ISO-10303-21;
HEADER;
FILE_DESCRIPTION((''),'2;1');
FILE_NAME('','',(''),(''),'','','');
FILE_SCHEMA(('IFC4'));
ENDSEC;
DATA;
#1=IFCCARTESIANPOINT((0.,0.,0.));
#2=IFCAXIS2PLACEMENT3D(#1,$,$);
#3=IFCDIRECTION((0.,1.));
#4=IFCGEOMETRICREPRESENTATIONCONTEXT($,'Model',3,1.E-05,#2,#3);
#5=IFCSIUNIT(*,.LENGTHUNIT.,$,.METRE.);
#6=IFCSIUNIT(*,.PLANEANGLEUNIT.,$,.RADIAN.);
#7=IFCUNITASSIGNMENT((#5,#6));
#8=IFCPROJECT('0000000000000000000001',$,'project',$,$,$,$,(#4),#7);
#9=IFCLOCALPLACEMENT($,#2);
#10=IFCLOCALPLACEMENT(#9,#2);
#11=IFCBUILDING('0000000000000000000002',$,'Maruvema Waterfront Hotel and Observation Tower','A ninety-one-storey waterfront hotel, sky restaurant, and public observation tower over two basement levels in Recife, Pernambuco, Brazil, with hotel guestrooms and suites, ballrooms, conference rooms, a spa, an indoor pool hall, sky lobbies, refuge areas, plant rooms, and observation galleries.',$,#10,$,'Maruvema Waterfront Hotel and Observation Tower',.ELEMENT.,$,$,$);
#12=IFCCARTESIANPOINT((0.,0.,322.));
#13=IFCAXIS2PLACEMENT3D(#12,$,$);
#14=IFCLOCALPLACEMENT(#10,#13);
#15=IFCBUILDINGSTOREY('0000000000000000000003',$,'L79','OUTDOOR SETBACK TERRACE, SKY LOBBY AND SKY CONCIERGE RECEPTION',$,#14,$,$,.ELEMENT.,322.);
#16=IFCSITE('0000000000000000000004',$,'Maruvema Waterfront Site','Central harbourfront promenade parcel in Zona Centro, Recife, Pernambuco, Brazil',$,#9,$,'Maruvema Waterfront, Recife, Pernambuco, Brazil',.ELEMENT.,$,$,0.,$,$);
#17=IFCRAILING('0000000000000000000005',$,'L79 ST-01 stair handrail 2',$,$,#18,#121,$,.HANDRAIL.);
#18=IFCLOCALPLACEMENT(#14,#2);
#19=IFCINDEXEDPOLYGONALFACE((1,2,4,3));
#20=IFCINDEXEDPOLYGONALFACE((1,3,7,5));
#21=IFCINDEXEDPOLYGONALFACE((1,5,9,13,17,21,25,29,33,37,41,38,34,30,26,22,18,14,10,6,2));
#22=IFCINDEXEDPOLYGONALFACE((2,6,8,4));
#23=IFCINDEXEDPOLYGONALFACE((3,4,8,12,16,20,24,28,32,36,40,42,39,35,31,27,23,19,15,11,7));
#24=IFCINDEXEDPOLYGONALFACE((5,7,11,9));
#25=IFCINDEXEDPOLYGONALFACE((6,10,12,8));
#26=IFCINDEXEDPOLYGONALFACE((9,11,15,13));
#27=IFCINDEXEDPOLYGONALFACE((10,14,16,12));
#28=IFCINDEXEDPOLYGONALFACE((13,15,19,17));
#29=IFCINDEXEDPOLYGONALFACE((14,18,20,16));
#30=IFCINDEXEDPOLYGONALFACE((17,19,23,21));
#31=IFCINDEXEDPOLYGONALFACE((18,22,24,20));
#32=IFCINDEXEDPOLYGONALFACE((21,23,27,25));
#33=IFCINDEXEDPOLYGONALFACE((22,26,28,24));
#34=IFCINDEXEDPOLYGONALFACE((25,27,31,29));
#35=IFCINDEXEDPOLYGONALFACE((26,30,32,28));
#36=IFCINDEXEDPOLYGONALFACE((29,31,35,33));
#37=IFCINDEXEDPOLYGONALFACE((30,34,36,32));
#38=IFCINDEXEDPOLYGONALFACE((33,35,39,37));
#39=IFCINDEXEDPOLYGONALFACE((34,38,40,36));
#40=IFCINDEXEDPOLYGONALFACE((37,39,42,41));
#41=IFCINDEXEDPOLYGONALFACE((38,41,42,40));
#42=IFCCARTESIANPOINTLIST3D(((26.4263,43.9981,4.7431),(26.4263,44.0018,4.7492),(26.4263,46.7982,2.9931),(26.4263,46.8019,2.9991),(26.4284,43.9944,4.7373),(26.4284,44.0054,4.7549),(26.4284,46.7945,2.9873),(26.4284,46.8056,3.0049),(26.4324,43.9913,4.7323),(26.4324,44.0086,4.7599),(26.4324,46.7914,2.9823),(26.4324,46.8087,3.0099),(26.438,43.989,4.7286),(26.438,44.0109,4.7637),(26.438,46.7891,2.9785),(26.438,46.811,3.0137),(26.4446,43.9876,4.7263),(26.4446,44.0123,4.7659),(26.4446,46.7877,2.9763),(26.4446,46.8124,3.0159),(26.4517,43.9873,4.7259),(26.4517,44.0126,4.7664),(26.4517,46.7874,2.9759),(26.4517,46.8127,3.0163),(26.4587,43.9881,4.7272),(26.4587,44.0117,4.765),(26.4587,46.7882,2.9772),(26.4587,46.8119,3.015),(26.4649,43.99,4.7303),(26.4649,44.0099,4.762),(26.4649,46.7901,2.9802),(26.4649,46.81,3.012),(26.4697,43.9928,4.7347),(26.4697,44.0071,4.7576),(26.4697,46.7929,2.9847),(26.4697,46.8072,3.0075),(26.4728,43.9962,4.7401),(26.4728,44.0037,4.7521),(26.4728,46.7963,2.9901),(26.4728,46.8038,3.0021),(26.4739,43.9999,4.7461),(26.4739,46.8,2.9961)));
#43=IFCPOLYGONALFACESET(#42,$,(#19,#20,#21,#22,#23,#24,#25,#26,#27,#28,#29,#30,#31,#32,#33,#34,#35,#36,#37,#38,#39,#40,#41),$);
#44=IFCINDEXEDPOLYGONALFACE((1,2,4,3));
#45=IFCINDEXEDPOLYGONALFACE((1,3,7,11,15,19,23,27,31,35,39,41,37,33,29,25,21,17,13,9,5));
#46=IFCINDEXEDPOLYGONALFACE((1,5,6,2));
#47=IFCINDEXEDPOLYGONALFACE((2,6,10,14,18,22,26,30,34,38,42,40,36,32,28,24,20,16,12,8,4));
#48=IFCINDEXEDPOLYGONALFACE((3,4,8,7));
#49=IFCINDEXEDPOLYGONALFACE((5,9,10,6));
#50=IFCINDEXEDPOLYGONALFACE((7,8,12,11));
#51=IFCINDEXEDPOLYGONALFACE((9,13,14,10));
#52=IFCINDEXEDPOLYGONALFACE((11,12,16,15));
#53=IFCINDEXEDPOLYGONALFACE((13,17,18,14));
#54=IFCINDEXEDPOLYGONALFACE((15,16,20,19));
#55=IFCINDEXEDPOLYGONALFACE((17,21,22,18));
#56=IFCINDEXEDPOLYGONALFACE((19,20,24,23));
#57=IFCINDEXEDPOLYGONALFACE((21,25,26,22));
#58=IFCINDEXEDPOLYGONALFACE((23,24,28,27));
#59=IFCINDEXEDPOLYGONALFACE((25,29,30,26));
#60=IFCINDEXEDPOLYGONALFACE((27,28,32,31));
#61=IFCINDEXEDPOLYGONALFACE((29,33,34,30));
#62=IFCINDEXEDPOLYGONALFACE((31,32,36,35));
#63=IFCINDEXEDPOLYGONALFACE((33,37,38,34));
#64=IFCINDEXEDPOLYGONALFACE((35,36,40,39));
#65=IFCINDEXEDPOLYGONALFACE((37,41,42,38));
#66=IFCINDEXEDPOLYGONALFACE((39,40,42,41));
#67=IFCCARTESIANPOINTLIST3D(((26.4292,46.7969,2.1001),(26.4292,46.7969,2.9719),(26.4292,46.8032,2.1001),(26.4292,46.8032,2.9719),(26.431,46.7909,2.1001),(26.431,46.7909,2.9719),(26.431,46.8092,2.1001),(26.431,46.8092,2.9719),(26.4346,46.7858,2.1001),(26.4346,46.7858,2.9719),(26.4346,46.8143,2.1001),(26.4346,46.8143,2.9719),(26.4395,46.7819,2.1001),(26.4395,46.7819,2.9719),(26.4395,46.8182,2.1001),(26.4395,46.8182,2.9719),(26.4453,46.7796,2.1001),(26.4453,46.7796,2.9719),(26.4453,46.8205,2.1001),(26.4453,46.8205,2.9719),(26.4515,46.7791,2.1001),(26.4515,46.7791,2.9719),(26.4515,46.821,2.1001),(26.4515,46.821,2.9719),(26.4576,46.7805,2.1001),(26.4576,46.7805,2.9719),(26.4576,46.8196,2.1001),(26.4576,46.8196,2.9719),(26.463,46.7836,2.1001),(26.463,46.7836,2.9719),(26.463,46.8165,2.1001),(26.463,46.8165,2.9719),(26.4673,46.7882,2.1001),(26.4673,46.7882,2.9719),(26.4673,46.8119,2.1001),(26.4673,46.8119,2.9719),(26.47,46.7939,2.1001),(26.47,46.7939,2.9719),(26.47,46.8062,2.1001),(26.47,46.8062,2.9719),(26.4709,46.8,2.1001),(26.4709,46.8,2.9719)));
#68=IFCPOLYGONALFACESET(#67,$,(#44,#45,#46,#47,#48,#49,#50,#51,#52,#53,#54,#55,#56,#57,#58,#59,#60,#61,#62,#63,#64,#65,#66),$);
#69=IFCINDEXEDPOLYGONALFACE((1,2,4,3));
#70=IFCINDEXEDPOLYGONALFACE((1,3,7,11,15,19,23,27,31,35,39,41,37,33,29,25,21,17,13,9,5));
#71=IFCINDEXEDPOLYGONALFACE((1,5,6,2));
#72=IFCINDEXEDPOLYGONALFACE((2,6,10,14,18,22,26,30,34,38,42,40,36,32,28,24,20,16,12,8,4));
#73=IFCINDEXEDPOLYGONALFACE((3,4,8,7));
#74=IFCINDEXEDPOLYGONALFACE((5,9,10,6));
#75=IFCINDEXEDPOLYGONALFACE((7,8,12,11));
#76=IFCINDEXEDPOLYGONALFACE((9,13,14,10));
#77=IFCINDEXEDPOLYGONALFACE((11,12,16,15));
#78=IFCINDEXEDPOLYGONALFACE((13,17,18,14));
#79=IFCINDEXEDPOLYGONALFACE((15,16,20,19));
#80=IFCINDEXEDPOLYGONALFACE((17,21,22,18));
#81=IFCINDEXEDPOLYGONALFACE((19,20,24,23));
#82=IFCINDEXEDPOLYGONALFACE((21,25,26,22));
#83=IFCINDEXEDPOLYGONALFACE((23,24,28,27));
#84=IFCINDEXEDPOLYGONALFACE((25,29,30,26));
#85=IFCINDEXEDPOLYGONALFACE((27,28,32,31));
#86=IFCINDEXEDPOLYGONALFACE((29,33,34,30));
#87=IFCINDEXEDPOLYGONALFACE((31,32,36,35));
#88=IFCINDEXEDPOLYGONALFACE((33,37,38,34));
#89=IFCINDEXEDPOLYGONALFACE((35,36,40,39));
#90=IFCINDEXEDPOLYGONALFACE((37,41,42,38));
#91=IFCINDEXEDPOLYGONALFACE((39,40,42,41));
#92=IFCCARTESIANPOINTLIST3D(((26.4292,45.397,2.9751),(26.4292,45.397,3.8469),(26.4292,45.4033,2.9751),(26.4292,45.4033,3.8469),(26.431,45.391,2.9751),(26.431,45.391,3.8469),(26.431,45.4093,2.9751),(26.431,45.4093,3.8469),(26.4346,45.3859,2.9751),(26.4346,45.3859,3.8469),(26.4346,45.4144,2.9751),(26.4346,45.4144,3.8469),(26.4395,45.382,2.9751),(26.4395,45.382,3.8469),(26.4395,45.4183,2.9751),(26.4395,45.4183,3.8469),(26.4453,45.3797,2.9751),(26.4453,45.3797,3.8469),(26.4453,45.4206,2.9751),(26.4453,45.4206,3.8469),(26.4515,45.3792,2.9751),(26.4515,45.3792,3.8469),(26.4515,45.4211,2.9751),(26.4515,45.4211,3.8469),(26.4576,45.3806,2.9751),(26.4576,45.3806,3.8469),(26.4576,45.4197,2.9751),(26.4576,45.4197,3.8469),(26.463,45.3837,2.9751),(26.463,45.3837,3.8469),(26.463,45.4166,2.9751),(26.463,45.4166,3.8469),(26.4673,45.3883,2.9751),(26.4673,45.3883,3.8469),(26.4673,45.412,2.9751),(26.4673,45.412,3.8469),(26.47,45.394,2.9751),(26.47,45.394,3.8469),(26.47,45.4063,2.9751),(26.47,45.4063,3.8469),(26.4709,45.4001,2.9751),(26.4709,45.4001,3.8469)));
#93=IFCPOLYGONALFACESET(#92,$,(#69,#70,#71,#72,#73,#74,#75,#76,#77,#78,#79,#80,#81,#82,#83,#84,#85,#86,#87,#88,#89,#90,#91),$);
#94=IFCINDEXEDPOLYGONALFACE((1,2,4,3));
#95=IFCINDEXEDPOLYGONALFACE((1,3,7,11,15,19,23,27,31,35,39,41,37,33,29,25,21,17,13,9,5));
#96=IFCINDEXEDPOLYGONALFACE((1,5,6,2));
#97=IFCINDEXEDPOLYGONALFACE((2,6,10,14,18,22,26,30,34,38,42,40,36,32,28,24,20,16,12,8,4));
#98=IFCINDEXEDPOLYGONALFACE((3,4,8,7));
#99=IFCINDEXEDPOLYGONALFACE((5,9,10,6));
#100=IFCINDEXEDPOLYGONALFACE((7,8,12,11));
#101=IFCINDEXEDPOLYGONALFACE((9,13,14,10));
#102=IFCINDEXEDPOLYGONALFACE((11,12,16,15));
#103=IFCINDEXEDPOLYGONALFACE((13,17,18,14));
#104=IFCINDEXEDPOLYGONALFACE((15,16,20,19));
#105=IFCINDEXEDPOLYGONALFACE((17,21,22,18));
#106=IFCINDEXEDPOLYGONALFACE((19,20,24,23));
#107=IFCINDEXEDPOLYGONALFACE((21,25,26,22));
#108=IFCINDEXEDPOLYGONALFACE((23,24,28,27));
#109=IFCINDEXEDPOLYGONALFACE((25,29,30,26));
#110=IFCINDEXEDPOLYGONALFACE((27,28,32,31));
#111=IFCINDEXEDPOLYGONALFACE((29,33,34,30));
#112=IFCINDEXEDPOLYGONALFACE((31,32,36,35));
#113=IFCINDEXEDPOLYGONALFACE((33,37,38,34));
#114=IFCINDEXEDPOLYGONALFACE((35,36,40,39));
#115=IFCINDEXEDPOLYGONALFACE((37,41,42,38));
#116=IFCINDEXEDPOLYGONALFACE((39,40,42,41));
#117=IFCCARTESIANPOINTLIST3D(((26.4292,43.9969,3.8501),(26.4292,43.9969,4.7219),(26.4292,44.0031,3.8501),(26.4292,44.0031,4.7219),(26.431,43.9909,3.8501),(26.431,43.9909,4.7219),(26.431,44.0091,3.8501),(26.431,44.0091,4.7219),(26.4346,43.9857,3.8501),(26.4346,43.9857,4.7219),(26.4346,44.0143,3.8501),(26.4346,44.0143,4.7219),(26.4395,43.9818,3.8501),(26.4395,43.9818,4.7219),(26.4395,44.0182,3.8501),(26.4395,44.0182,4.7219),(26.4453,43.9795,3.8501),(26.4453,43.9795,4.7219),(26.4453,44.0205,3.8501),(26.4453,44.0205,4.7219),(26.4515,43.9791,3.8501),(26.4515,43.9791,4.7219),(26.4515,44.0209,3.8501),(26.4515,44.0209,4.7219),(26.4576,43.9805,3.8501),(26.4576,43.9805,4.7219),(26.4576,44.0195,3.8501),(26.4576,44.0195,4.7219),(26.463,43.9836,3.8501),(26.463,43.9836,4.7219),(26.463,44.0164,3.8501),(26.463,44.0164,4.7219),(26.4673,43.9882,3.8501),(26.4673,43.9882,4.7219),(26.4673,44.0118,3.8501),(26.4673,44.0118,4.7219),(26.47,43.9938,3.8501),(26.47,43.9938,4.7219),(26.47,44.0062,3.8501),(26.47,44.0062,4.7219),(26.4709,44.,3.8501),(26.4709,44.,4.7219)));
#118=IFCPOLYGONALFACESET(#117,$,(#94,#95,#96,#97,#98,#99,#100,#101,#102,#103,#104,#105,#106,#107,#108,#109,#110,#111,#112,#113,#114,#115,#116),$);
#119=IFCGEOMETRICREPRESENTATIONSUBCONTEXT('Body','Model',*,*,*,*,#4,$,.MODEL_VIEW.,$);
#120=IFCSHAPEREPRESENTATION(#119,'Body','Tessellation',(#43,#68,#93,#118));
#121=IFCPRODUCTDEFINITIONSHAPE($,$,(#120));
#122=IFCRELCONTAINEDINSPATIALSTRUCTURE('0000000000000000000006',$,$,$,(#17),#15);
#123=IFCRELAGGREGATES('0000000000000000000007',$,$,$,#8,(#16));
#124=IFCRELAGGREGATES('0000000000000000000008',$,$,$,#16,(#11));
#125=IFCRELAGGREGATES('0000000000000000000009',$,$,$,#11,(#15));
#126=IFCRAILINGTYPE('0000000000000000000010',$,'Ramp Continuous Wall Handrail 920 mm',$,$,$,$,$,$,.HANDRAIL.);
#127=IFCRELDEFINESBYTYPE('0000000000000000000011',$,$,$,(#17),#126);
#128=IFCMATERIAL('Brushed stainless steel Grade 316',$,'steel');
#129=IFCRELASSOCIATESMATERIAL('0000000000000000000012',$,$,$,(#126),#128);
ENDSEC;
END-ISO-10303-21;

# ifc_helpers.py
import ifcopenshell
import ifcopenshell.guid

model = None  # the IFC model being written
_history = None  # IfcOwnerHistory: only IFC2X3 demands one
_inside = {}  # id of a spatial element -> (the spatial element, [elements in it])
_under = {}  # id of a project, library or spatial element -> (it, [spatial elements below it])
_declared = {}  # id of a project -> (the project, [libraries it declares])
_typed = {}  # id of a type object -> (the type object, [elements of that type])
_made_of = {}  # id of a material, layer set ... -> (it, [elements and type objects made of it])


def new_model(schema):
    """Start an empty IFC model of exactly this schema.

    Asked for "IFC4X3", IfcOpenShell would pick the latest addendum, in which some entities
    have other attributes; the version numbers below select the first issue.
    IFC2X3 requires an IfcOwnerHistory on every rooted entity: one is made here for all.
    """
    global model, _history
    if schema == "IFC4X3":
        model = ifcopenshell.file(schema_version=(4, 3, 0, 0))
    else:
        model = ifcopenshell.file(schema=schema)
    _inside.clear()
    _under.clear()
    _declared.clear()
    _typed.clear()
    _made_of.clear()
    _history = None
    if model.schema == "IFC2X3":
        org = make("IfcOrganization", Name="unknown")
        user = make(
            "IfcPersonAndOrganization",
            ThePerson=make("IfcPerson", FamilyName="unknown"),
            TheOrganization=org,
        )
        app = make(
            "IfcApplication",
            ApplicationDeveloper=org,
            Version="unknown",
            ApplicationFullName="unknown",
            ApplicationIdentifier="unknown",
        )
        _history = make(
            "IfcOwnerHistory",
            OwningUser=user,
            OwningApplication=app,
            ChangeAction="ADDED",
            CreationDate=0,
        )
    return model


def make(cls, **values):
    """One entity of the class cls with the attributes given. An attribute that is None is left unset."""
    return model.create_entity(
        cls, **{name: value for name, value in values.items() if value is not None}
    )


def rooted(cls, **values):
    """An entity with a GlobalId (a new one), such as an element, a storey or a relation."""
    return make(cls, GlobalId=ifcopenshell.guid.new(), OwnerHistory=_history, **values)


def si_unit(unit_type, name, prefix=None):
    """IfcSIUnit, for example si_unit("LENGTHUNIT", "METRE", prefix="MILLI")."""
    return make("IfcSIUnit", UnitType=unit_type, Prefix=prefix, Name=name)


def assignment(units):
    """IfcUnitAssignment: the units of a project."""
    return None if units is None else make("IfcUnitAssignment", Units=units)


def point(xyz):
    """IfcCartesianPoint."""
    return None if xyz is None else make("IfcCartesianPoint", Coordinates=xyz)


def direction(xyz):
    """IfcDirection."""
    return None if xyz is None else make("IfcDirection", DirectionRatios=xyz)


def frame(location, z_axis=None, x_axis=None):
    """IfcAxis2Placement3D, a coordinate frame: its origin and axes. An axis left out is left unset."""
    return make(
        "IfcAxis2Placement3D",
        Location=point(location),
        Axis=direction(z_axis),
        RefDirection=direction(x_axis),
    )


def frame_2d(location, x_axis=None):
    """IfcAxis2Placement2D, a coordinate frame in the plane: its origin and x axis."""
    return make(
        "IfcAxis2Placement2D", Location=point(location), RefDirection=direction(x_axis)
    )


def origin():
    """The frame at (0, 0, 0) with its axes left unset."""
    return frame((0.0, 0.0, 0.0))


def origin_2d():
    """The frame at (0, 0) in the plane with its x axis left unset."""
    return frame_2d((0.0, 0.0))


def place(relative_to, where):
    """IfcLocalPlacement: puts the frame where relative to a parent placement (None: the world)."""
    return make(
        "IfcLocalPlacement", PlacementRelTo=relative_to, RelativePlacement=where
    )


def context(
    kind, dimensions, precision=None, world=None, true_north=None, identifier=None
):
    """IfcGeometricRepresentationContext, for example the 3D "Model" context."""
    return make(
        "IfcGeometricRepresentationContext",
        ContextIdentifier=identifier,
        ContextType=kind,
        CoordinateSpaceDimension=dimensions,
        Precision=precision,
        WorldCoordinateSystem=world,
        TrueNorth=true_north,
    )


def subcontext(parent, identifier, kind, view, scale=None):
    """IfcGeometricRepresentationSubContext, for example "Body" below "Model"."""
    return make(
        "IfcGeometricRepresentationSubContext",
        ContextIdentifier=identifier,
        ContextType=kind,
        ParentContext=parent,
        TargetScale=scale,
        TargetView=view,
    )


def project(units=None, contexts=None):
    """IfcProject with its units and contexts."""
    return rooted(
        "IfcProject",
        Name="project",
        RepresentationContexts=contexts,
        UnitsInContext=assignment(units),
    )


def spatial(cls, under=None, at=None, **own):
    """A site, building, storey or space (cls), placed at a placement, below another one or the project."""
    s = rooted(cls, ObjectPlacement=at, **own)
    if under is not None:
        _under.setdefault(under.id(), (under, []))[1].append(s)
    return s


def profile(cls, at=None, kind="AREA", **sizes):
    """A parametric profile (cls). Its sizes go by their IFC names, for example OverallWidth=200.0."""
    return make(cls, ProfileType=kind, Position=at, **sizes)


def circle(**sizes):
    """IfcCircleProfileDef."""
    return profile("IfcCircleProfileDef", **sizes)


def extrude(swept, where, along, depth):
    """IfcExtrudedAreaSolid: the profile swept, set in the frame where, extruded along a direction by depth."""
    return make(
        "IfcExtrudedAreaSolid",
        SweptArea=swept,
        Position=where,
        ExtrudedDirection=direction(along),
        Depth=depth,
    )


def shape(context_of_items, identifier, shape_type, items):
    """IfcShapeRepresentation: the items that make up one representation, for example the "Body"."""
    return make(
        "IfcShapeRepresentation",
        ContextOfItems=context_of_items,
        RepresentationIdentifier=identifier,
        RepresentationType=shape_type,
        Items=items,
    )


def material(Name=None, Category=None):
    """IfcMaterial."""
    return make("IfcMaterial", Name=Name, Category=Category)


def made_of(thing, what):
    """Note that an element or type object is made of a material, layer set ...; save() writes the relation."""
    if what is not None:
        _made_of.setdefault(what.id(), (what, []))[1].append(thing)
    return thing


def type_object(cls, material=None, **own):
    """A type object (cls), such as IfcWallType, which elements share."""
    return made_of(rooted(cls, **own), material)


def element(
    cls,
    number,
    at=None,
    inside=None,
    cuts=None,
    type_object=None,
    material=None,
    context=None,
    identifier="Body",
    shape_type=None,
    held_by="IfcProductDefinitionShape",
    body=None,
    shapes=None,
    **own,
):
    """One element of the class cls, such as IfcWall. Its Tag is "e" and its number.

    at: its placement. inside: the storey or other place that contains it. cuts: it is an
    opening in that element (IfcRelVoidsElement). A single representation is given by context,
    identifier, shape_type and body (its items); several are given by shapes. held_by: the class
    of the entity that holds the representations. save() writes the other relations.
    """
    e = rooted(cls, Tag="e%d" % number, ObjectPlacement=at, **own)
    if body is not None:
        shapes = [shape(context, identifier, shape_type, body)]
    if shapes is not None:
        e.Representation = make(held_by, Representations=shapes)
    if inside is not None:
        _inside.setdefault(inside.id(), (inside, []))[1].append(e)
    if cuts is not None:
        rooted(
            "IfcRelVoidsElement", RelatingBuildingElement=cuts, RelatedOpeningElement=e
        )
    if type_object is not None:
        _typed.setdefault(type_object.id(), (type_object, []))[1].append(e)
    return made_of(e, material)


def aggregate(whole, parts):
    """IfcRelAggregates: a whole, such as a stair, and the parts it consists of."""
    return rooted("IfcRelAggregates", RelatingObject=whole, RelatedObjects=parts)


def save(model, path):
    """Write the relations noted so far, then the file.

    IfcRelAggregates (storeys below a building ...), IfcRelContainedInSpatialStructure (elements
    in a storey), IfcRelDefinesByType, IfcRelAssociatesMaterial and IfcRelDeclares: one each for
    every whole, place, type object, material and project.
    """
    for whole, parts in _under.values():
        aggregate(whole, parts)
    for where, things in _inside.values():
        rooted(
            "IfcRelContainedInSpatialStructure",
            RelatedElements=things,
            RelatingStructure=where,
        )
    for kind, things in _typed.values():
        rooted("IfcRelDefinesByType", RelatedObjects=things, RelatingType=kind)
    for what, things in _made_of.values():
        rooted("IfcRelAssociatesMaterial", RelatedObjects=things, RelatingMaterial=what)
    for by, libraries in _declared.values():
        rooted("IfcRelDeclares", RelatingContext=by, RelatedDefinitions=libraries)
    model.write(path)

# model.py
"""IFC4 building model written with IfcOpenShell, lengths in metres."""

from ifc_helpers import new_model, si_unit, direction, frame, origin, origin_2d, place, context, subcontext, project, spatial, circle, extrude, material, type_object, element, save


model = new_model("IFC4")

# Units and contexts
model_context = context("Model", 3, precision=1e-05, world=origin(), true_north=direction((0.0, 1.0)))
body_context = subcontext(model_context, "Body", "Model", "MODEL_VIEW")
ifc_project = project(units=[si_unit("LENGTHUNIT", "METRE"), si_unit("PLANEANGLEUNIT", "RADIAN")], contexts=[model_context])

# Site, building, storey
site_placement = place(None, origin())
site = spatial("IfcSite", under=ifc_project, at=site_placement, Name="Maruvema Waterfront Site", Description="Central harbourfront promenade parcel in Zona Centro, Recife, Pernambuco, Brazil", LongName="Maruvema Waterfront, Recife, Pernambuco, Brazil", CompositionType="ELEMENT", RefElevation=0.0)
building_placement = place(site_placement, origin())
building = spatial("IfcBuilding", under=site, at=building_placement, Name="Maruvema Waterfront Hotel and Observation Tower", Description="A ninety-one-storey waterfront hotel, sky restaurant, and public observation tower over two basement levels in Recife, Pernambuco, Brazil, with hotel guestrooms and suites, ballrooms, conference rooms, a spa, an indoor pool hall, sky lobbies, refuge areas, plant rooms, and observation galleries.", LongName="Maruvema Waterfront Hotel and Observation Tower", CompositionType="ELEMENT")
storey_placement = place(building_placement, frame((0.0, 0.0, 322.0)))
storey = spatial("IfcBuildingStorey", under=building, at=storey_placement, Name="L79", Description="OUTDOOR SETBACK TERRACE, SKY LOBBY AND SKY CONCIERGE RECEPTION", CompositionType="ELEMENT", Elevation=322.0)

# Railing
ifc_material_1 = material(Name="Brushed stainless steel Grade 316", Category="steel")
railing_type_1 = type_object("IfcRailingType", Name="Ramp Continuous Wall Handrail 920 mm", PredefinedType="HANDRAIL", material=ifc_material_1)
railing_1_placement = place(storey_placement, frame((26.45, 46.8, 2.1001)))
element("IfcRailing", 1, at=railing_1_placement, inside=storey, type_object=railing_type_1, Name="L79 ST-01 stair handrail 2", PredefinedType="HANDRAIL", context=body_context, shape_type="SweptSolid", body=[
    extrude(circle(Radius=0.0239, at=origin_2d()), frame((0.0, 0.0, 0.896), z_axis=(0.0, -0.848002, 0.529992), x_axis=(1.0, 0.0, 0.0)), (0.0, 0.0, 1.0), 3.302),
    extrude(circle(Radius=0.021, at=origin_2d()), origin(), (0.0, 0.0, 1.0), 0.8718),
    extrude(circle(Radius=0.021, at=origin_2d()), frame((0.0, -1.3999, 0.875)), (0.0, 0.0, 1.0), 0.8718),
    extrude(circle(Radius=0.021, at=origin_2d()), frame((0.0, -2.8, 1.75)), (0.0, 0.0, 1.0), 0.8718),
])

save(model, "model.ifc")
